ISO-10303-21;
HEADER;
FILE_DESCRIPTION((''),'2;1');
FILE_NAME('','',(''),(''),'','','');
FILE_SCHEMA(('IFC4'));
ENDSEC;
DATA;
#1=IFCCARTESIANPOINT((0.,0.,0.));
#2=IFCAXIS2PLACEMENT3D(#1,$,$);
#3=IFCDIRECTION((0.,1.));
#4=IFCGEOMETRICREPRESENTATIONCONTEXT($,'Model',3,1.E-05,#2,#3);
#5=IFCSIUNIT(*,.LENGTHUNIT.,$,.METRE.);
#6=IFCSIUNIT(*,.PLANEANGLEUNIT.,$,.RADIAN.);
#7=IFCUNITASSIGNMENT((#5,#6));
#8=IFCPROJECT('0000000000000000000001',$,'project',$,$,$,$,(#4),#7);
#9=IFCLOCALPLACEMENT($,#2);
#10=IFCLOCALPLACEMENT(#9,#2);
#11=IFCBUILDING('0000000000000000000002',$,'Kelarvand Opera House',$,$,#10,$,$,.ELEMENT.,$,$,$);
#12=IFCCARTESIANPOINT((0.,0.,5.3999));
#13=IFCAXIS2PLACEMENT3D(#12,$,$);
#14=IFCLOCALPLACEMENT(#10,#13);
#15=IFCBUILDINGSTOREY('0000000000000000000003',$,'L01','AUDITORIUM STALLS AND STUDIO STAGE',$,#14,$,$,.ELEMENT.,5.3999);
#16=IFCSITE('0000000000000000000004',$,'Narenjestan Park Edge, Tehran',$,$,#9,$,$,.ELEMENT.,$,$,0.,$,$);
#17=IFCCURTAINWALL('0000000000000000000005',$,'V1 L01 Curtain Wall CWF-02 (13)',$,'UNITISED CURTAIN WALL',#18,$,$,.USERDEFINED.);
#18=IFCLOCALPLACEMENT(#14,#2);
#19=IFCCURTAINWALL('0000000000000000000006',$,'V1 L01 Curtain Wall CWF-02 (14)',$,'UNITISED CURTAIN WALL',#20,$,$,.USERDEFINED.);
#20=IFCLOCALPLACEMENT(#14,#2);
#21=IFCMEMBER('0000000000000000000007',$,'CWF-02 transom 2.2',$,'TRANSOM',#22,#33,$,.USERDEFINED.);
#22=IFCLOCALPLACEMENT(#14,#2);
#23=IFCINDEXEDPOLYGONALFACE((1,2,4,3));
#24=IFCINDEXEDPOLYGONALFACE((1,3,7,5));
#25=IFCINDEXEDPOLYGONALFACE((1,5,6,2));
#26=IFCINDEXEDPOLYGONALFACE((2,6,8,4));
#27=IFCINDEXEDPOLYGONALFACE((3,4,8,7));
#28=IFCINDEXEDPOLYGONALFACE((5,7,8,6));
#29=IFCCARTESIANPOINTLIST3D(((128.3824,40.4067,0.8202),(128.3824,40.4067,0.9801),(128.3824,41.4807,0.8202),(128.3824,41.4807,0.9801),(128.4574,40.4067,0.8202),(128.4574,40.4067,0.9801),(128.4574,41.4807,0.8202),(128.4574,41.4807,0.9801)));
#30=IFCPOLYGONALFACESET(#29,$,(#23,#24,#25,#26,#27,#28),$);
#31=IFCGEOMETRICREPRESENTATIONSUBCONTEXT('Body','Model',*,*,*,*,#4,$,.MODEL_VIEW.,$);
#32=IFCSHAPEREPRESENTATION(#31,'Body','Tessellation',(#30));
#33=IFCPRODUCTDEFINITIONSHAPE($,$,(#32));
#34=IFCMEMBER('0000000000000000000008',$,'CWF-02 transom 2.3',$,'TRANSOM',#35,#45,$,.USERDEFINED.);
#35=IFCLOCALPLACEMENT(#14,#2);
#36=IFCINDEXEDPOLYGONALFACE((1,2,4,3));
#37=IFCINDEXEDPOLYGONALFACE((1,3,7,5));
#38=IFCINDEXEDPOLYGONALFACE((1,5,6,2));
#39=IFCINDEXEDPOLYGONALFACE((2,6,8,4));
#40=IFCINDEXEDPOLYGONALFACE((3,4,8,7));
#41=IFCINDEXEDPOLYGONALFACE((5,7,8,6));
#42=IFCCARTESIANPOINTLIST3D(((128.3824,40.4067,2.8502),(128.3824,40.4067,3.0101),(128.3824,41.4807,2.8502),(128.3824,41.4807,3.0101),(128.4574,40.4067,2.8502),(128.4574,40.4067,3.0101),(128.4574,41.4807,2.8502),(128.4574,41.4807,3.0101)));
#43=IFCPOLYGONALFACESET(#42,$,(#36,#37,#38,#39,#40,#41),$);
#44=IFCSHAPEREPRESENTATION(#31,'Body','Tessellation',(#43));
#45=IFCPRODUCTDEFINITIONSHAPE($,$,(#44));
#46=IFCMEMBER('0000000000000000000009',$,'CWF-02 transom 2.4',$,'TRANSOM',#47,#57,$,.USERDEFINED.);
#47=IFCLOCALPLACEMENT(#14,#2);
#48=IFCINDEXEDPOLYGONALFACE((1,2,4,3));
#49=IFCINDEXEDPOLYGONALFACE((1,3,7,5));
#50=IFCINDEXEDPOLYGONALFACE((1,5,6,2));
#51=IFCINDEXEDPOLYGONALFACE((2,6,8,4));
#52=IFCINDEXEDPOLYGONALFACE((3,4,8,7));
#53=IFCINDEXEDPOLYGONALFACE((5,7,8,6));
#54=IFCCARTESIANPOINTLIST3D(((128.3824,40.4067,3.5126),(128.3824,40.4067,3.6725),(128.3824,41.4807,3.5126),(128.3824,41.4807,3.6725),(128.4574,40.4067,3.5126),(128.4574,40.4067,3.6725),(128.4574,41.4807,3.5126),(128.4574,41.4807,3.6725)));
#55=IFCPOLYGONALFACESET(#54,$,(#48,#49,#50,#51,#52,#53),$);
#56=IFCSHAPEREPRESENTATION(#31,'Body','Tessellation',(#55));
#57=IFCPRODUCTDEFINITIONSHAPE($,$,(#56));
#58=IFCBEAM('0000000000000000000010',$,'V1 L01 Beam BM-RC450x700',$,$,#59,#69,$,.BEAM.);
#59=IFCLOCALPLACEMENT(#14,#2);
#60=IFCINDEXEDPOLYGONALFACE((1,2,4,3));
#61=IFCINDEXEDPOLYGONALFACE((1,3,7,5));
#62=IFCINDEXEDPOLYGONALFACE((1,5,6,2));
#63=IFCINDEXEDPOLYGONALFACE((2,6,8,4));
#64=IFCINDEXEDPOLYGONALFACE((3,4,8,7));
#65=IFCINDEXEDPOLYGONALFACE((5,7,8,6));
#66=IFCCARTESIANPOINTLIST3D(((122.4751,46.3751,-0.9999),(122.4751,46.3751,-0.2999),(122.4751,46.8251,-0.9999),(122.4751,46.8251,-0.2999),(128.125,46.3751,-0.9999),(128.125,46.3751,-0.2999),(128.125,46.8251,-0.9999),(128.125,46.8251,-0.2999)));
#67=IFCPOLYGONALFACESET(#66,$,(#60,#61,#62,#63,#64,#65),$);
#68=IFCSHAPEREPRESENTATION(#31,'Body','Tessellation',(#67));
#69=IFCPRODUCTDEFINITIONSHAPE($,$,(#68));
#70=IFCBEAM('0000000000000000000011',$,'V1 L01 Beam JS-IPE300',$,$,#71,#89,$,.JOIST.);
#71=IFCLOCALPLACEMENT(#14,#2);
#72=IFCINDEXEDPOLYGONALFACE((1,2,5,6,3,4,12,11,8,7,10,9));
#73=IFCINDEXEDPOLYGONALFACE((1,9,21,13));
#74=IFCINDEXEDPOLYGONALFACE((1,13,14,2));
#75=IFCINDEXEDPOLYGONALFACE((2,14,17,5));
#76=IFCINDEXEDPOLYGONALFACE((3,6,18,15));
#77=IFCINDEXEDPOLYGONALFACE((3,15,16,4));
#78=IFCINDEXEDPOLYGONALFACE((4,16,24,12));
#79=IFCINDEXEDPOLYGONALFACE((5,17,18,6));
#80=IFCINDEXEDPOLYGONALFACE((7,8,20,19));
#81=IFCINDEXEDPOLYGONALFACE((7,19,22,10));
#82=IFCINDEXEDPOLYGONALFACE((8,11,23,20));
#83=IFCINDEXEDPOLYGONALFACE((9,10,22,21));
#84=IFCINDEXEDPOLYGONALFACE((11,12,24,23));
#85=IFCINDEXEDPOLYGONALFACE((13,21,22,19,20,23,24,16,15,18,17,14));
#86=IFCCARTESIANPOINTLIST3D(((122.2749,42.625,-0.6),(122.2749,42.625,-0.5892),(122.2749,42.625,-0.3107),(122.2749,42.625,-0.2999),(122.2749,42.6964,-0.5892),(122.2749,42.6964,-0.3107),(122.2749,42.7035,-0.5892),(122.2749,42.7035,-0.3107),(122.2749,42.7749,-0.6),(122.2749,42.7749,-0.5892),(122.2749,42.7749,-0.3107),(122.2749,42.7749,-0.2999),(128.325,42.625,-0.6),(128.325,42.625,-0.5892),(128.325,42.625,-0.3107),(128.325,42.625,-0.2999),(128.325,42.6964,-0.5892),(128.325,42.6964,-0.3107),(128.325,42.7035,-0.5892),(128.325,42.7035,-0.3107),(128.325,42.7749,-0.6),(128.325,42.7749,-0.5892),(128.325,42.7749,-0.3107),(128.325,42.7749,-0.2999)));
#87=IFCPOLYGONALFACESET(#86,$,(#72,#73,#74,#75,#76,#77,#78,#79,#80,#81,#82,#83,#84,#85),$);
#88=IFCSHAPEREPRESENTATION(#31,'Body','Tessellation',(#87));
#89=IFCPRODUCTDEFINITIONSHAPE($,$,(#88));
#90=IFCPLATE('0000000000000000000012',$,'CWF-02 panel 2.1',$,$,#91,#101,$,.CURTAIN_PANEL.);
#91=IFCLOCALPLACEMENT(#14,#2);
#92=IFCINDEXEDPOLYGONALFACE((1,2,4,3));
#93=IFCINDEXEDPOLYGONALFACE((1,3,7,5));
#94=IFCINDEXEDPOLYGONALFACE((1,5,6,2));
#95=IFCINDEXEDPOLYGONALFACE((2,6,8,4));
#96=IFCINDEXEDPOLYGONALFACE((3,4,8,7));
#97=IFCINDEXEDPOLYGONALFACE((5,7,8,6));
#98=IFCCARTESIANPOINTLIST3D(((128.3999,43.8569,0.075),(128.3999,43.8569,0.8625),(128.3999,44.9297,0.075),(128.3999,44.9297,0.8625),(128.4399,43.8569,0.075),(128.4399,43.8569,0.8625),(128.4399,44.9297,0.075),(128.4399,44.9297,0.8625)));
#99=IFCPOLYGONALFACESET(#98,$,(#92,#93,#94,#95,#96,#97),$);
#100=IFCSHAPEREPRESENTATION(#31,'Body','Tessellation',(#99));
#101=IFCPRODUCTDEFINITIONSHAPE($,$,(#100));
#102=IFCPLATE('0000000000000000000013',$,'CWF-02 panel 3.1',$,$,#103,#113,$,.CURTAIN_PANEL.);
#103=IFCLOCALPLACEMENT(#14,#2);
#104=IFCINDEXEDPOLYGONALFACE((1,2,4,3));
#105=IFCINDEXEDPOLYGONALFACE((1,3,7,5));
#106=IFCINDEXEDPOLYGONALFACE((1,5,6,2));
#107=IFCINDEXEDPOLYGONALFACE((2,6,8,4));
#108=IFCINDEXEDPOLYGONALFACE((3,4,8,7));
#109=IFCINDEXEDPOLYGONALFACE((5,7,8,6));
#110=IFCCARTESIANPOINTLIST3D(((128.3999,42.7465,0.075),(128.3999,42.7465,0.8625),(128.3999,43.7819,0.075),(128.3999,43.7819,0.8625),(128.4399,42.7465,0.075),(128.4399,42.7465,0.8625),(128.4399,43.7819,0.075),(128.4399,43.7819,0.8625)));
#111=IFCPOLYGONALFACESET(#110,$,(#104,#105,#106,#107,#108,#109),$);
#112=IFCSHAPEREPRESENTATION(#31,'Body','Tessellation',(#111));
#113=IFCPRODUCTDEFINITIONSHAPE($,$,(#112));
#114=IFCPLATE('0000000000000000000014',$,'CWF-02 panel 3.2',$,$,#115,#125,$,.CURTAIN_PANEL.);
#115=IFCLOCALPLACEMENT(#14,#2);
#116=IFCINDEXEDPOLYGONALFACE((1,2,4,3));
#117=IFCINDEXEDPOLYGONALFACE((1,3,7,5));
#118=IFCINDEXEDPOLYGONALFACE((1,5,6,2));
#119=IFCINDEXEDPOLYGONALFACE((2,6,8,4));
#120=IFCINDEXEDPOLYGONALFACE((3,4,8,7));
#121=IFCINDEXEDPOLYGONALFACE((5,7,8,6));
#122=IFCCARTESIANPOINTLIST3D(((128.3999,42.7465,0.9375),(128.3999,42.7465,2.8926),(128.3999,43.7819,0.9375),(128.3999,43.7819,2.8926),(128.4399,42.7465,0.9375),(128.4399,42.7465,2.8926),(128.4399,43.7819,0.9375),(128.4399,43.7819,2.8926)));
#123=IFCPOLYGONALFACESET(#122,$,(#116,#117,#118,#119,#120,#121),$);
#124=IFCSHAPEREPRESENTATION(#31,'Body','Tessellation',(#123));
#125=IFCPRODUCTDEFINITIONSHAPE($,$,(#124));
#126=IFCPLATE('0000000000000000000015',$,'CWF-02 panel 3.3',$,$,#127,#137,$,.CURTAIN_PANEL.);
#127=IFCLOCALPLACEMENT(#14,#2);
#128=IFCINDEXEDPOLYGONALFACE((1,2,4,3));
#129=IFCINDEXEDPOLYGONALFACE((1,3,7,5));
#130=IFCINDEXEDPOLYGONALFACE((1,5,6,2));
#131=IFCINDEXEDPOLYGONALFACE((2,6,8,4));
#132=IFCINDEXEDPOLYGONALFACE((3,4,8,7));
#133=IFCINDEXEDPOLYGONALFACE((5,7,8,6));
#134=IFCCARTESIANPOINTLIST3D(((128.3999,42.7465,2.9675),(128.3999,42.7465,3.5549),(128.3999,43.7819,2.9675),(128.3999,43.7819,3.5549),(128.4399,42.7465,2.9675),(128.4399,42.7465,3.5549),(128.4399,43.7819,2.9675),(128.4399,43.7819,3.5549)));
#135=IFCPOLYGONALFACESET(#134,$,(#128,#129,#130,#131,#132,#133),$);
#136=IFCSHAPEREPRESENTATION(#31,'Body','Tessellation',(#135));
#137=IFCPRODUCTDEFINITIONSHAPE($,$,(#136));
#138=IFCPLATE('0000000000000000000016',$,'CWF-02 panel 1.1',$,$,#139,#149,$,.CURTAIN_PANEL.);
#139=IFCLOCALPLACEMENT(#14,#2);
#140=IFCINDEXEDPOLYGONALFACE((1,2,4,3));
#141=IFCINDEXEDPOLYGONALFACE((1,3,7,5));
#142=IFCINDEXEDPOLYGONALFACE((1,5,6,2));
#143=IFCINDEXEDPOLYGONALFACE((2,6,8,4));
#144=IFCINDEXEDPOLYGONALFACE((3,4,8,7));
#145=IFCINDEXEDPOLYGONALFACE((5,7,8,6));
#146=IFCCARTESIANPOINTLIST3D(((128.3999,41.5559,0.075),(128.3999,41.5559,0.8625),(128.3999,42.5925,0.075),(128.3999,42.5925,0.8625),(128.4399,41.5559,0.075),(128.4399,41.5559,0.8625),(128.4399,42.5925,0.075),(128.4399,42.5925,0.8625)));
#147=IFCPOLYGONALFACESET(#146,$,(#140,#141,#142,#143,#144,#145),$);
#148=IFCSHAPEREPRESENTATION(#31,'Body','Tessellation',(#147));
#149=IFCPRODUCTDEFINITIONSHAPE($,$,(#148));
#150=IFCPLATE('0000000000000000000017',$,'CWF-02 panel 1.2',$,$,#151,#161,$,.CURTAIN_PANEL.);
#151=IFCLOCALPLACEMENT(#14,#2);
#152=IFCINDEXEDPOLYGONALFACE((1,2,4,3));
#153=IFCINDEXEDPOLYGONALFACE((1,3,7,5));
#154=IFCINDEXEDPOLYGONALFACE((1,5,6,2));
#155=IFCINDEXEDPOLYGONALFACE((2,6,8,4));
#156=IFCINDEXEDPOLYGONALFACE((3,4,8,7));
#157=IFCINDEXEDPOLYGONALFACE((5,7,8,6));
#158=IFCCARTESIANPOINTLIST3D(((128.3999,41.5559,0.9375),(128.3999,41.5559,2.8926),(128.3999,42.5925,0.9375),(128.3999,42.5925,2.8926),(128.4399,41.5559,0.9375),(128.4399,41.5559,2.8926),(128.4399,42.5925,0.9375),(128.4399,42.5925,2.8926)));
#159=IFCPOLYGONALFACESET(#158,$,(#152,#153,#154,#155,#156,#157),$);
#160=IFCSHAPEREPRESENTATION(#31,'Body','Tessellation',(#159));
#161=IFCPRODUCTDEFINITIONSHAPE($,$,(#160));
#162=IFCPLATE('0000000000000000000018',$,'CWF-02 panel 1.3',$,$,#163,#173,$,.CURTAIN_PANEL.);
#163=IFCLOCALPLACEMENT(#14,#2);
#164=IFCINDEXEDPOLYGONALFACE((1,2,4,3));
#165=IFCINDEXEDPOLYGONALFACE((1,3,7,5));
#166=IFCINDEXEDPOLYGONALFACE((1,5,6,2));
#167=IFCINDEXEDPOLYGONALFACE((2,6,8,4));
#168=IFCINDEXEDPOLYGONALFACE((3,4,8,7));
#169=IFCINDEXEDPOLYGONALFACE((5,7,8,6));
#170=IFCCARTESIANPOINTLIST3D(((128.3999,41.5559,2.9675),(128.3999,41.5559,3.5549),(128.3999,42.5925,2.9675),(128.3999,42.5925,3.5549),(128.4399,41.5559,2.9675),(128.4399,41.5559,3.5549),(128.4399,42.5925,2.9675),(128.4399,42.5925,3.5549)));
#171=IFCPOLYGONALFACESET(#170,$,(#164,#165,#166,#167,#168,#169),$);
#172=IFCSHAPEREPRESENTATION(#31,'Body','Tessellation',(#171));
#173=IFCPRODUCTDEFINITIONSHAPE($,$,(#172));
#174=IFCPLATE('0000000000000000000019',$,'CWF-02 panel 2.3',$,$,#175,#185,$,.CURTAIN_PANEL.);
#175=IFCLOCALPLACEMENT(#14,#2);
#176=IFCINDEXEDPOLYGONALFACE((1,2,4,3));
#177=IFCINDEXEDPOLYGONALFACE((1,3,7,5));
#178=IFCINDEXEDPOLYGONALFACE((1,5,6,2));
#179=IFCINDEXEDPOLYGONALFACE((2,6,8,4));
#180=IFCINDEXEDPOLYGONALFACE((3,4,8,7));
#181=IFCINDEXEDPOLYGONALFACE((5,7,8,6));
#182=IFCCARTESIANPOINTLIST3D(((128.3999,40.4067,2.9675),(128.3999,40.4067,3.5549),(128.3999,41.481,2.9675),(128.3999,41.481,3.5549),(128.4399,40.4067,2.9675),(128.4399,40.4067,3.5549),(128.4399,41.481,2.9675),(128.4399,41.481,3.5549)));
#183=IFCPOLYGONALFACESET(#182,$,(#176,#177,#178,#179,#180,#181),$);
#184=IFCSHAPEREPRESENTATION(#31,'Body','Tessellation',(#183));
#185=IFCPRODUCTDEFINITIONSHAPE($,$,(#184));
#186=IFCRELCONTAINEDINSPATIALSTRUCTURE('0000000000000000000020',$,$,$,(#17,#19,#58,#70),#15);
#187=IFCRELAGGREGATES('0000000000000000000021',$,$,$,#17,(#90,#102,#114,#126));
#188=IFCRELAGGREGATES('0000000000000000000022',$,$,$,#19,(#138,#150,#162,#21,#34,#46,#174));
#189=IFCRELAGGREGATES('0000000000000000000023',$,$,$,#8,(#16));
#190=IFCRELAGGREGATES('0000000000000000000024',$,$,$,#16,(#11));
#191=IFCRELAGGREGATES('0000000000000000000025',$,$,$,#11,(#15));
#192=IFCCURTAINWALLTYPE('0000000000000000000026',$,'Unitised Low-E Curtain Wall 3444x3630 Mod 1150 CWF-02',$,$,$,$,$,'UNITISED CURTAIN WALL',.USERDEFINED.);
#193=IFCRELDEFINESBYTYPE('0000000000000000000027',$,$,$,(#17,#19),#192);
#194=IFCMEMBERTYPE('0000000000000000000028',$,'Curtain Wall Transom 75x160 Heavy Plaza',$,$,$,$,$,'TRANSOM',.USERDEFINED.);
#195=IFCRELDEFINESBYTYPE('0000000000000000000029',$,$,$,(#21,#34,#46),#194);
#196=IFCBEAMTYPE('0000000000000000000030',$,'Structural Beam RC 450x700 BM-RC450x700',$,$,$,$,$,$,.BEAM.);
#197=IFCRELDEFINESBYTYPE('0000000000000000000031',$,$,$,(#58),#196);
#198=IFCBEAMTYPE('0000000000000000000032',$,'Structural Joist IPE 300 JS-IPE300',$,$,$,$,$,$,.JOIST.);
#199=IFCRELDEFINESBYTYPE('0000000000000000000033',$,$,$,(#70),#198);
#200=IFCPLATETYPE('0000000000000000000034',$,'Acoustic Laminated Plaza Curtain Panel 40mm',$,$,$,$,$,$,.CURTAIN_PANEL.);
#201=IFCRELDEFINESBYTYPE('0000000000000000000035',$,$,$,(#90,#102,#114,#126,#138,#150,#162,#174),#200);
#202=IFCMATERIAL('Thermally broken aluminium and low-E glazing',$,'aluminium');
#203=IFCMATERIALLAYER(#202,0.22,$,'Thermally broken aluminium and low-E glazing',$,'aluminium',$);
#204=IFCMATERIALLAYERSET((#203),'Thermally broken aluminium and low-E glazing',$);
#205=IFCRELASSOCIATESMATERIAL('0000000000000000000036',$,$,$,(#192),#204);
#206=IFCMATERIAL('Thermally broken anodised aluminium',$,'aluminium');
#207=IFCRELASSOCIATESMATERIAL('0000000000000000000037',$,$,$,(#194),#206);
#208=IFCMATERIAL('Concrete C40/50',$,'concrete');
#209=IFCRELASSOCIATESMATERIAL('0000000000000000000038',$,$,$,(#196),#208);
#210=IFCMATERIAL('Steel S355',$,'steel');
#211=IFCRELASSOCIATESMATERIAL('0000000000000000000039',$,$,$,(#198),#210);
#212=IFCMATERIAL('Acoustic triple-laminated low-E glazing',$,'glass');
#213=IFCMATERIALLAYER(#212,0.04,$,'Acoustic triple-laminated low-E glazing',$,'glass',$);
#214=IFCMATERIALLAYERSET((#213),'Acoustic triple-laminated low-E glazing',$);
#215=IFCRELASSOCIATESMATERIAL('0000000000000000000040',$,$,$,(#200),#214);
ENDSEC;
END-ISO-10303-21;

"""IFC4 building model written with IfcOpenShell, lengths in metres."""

from ifc_helpers import new_model, si_unit, direction, frame, origin, origin_2d, place, context, subcontext, project, spatial, rectangle, i_section, extrude, material, layer, layer_set, material_profile, profile_set, type_object, element, aggregate, save


model = new_model("IFC4")

# Units and contexts
model_context = context("Model", 3, precision=1e-05, world=origin(), true_north=direction((0.0, 1.0)))
body_context = subcontext(model_context, "Body", "Model", "MODEL_VIEW")
ifc_project = project(units=[si_unit("LENGTHUNIT", "METRE"), si_unit("PLANEANGLEUNIT", "RADIAN")], contexts=[model_context])

# Site, building, storey
site_placement = place(None, origin())
site = spatial("IfcSite", under=ifc_project, at=site_placement, Name="Narenjestan Park Edge, Tehran", CompositionType="ELEMENT", RefElevation=0.0)
building_placement = place(site_placement, origin())
building = spatial("IfcBuilding", under=site, at=building_placement, Name="Kelarvand Opera House", CompositionType="ELEMENT")
storey_placement = place(building_placement, frame((0.0, 0.0, 5.3999)))
storey = spatial("IfcBuildingStorey", under=building, at=storey_placement, Name="L01", Description="AUDITORIUM STALLS AND STUDIO STAGE", CompositionType="ELEMENT", Elevation=5.3999)

# Shared definitions
ifc_material_1 = material(Name="Concrete C40/50", Category="concrete")

# Curtain walls
ifc_material_2 = material(Name="Thermally broken aluminium and low-E glazing", Category="aluminium")
ifc_layer_1 = layer(ifc_material_2, 0.22, Name="Thermally broken aluminium and low-E glazing", Category="aluminium")
ifc_layer_set_1 = layer_set([ifc_layer_1], Name="Thermally broken aluminium and low-E glazing")
curtain_wall_type = type_object("IfcCurtainWallType", Name="Unitised Low-E Curtain Wall 3444x3630 Mod 1150 CWF-02", ElementType="UNITISED CURTAIN WALL", PredefinedType="USERDEFINED", material=ifc_layer_set_1)
curtain_wall_1_placement = place(storey_placement, origin())
curtain_wall_1 = element("IfcCurtainWall", 1, at=curtain_wall_1_placement, inside=storey, type_object=curtain_wall_type, Name="V1 L01 Curtain Wall CWF-02 (13)", ObjectType="UNITISED CURTAIN WALL", PredefinedType="USERDEFINED")
ifc_material_3 = material(Name="Thermally broken anodised aluminium", Category="aluminium")
curtain_wall_2_placement = place(storey_placement, origin())
curtain_wall_2 = element("IfcCurtainWall", 2, at=curtain_wall_2_placement, inside=storey, type_object=curtain_wall_type, Name="V1 L01 Curtain Wall CWF-02 (14)", ObjectType="UNITISED CURTAIN WALL", PredefinedType="USERDEFINED")

# Members
ifc_material_profile_1 = material_profile(ifc_material_3, rectangle(XDim=0.075, YDim=0.1599, at=origin_2d()), Name="ALU TRANSOM 75x160", Category="aluminium")
ifc_profile_set_1 = profile_set([ifc_material_profile_1], Name="Thermally broken anodised aluminium")
member_type_1 = type_object("IfcMemberType", Name="Curtain Wall Transom 75x160 Heavy Plaza", ElementType="TRANSOM", PredefinedType="USERDEFINED", material=ifc_profile_set_1)
member_1_placement = place(storey_placement, frame((128.4199, 41.4807, 0.9001), z_axis=(0.0, -1.0, 0.0), x_axis=(1.0, 0.0, 0.0)))
member_1 = element("IfcMember", 3, at=member_1_placement, type_object=member_type_1, Name="CWF-02 transom 2.2", ObjectType="TRANSOM", PredefinedType="USERDEFINED", context=body_context, shape_type="SweptSolid", body=[
    extrude(rectangle(XDim=0.075, YDim=0.1599, at=origin_2d()), origin(), (0.0, 0.0, 1.0), 1.074),
])
member_2_placement = place(storey_placement, frame((128.4199, 41.4807, 2.9302), z_axis=(0.0, -1.0, 0.0), x_axis=(1.0, 0.0, 0.0)))
member_2 = element("IfcMember", 4, at=member_2_placement, type_object=member_type_1, Name="CWF-02 transom 2.3", ObjectType="TRANSOM", PredefinedType="USERDEFINED", context=body_context, shape_type="SweptSolid", body=[
    extrude(rectangle(XDim=0.075, YDim=0.1599, at=origin_2d()), origin(), (0.0, 0.0, 1.0), 1.074),
])
member_3_placement = place(storey_placement, frame((128.4199, 41.4807, 3.5925), z_axis=(0.0, -1.0, 0.0), x_axis=(1.0, 0.0, 0.0)))
member_3 = element("IfcMember", 5, at=member_3_placement, type_object=member_type_1, Name="CWF-02 transom 2.4", ObjectType="TRANSOM", PredefinedType="USERDEFINED", context=body_context, shape_type="SweptSolid", body=[
    extrude(rectangle(XDim=0.075, YDim=0.1599, at=origin_2d()), origin(), (0.0, 0.0, 1.0), 1.074),
])

# Beams
ifc_material_profile_2 = material_profile(ifc_material_1, rectangle(XDim=0.45, YDim=0.7, at=origin_2d()), Name="RC 450x700", Category="concrete")
ifc_profile_set_2 = profile_set([ifc_material_profile_2], Name="Concrete C40/50")
beam_type_1 = type_object("IfcBeamType", Name="Structural Beam RC 450x700 BM-RC450x700", PredefinedType="BEAM", material=ifc_profile_set_2)
beam_1_placement = place(storey_placement, frame((122.4751, 46.6001, -0.6499), z_axis=(1.0, 0.0, 0.0), x_axis=(0.0, 1.0, 0.0)))
element("IfcBeam", 6, at=beam_1_placement, inside=storey, type_object=beam_type_1, Name="V1 L01 Beam BM-RC450x700", PredefinedType="BEAM", context=body_context, shape_type="SweptSolid", body=[
    extrude(rectangle(XDim=0.45, YDim=0.7, at=origin_2d()), origin(), (0.0, 0.0, 1.0), 5.6499),
])
ifc_material_4 = material(Name="Steel S355", Category="steel")
ifc_material_profile_3 = material_profile(ifc_material_4, i_section(OverallWidth=0.1499, OverallDepth=0.3, WebThickness=0.0071, FlangeThickness=0.0107, at=origin_2d()), Name="IPE 300", Category="steel")
ifc_profile_set_3 = profile_set([ifc_material_profile_3], Name="Steel S355")
beam_type_2 = type_object("IfcBeamType", Name="Structural Joist IPE 300 JS-IPE300", PredefinedType="JOIST", material=ifc_profile_set_3)
beam_2_placement = place(storey_placement, frame((122.2749, 42.7, -0.45), z_axis=(1.0, 0.0, 0.0), x_axis=(0.0, 1.0, 0.0)))
element("IfcBeam", 7, at=beam_2_placement, inside=storey, type_object=beam_type_2, Name="V1 L01 Beam JS-IPE300", PredefinedType="JOIST", context=body_context, shape_type="SweptSolid", body=[
    extrude(i_section(OverallWidth=0.1499, OverallDepth=0.3, WebThickness=0.0071, FlangeThickness=0.0107, at=origin_2d()), origin(), (0.0, 0.0, 1.0), 6.05),
])

# Plates
ifc_material_5 = material(Name="Acoustic triple-laminated low-E glazing", Category="glass")
ifc_layer_2 = layer(ifc_material_5, 0.04, Name="Acoustic triple-laminated low-E glazing", Category="glass")
ifc_layer_set_2 = layer_set([ifc_layer_2], Name="Acoustic triple-laminated low-E glazing")
plate_type = type_object("IfcPlateType", Name="Acoustic Laminated Plaza Curtain Panel 40mm", PredefinedType="CURTAIN_PANEL", material=ifc_layer_set_2)
plate_1_placement = place(storey_placement, frame((128.4199, 44.3933, 0.075), z_axis=(0.0, 0.0, 1.0), x_axis=(0.0, -1.0, 0.0)))
plate_1 = element("IfcPlate", 8, at=plate_1_placement, type_object=plate_type, Name="CWF-02 panel 2.1", PredefinedType="CURTAIN_PANEL", context=body_context, shape_type="SweptSolid", body=[
    extrude(rectangle(XDim=1.0728, YDim=0.04, at=origin_2d()), origin(), (0.0, 0.0, 1.0), 0.7876),
])
plate_2_placement = place(storey_placement, frame((128.4199, 43.2642, 0.075), z_axis=(0.0, 0.0, 1.0), x_axis=(0.0, -1.0, 0.0)))
plate_2 = element("IfcPlate", 9, at=plate_2_placement, type_object=plate_type, Name="CWF-02 panel 3.1", PredefinedType="CURTAIN_PANEL", context=body_context, shape_type="SweptSolid", body=[
    extrude(rectangle(XDim=1.0354, YDim=0.04, at=origin_2d()), origin(), (0.0, 0.0, 1.0), 0.7876),
])
plate_3_placement = place(storey_placement, frame((128.4199, 43.2642, 0.9375), z_axis=(0.0, 0.0, 1.0), x_axis=(0.0, -1.0, 0.0)))
plate_3 = element("IfcPlate", 10, at=plate_3_placement, type_object=plate_type, Name="CWF-02 panel 3.2", PredefinedType="CURTAIN_PANEL", context=body_context, shape_type="SweptSolid", body=[
    extrude(rectangle(XDim=1.0354, YDim=0.04, at=origin_2d()), origin(), (0.0, 0.0, 1.0), 1.9551),
])
plate_4_placement = place(storey_placement, frame((128.4199, 43.2642, 2.9675), z_axis=(0.0, 0.0, 1.0), x_axis=(0.0, -1.0, 0.0)))
plate_4 = element("IfcPlate", 11, at=plate_4_placement, type_object=plate_type, Name="CWF-02 panel 3.3", PredefinedType="CURTAIN_PANEL", context=body_context, shape_type="SweptSolid", body=[
    extrude(rectangle(XDim=1.0354, YDim=0.04, at=origin_2d()), origin(), (0.0, 0.0, 1.0), 0.5874),
])
aggregate(curtain_wall_1, [plate_1, plate_2, plate_3, plate_4])
plate_5_placement = place(storey_placement, frame((128.4199, 42.0742, 0.075), z_axis=(0.0, 0.0, 1.0), x_axis=(0.0, -1.0, 0.0)))
plate_5 = element("IfcPlate", 12, at=plate_5_placement, type_object=plate_type, Name="CWF-02 panel 1.1", PredefinedType="CURTAIN_PANEL", context=body_context, shape_type="SweptSolid", body=[
    extrude(rectangle(XDim=1.0366, YDim=0.04, at=origin_2d()), origin(), (0.0, 0.0, 1.0), 0.7876),
])
plate_6_placement = place(storey_placement, frame((128.4199, 42.0742, 0.9375), z_axis=(0.0, 0.0, 1.0), x_axis=(0.0, -1.0, 0.0)))
plate_6 = element("IfcPlate", 13, at=plate_6_placement, type_object=plate_type, Name="CWF-02 panel 1.2", PredefinedType="CURTAIN_PANEL", context=body_context, shape_type="SweptSolid", body=[
    extrude(rectangle(XDim=1.0366, YDim=0.04, at=origin_2d()), origin(), (0.0, 0.0, 1.0), 1.9551),
])
plate_7_placement = place(storey_placement, frame((128.4199, 42.0742, 2.9675), z_axis=(0.0, 0.0, 1.0), x_axis=(0.0, -1.0, 0.0)))
plate_7 = element("IfcPlate", 14, at=plate_7_placement, type_object=plate_type, Name="CWF-02 panel 1.3", PredefinedType="CURTAIN_PANEL", context=body_context, shape_type="SweptSolid", body=[
    extrude(rectangle(XDim=1.0366, YDim=0.04, at=origin_2d()), origin(), (0.0, 0.0, 1.0), 0.5874),
])
plate_8_placement = place(storey_placement, frame((128.4199, 40.9438, 2.9675), z_axis=(0.0, 0.0, 1.0), x_axis=(0.0, -1.0, 0.0)))
plate_8 = element("IfcPlate", 15, at=plate_8_placement, type_object=plate_type, Name="CWF-02 panel 2.3", PredefinedType="CURTAIN_PANEL", context=body_context, shape_type="SweptSolid", body=[
    extrude(rectangle(XDim=1.0742, YDim=0.04, at=origin_2d()), origin(), (0.0, 0.0, 1.0), 0.5874),
])
aggregate(curtain_wall_2, [plate_5, plate_6, plate_7, member_1, member_2, member_3, plate_8])

save(model, "model.ifc")
